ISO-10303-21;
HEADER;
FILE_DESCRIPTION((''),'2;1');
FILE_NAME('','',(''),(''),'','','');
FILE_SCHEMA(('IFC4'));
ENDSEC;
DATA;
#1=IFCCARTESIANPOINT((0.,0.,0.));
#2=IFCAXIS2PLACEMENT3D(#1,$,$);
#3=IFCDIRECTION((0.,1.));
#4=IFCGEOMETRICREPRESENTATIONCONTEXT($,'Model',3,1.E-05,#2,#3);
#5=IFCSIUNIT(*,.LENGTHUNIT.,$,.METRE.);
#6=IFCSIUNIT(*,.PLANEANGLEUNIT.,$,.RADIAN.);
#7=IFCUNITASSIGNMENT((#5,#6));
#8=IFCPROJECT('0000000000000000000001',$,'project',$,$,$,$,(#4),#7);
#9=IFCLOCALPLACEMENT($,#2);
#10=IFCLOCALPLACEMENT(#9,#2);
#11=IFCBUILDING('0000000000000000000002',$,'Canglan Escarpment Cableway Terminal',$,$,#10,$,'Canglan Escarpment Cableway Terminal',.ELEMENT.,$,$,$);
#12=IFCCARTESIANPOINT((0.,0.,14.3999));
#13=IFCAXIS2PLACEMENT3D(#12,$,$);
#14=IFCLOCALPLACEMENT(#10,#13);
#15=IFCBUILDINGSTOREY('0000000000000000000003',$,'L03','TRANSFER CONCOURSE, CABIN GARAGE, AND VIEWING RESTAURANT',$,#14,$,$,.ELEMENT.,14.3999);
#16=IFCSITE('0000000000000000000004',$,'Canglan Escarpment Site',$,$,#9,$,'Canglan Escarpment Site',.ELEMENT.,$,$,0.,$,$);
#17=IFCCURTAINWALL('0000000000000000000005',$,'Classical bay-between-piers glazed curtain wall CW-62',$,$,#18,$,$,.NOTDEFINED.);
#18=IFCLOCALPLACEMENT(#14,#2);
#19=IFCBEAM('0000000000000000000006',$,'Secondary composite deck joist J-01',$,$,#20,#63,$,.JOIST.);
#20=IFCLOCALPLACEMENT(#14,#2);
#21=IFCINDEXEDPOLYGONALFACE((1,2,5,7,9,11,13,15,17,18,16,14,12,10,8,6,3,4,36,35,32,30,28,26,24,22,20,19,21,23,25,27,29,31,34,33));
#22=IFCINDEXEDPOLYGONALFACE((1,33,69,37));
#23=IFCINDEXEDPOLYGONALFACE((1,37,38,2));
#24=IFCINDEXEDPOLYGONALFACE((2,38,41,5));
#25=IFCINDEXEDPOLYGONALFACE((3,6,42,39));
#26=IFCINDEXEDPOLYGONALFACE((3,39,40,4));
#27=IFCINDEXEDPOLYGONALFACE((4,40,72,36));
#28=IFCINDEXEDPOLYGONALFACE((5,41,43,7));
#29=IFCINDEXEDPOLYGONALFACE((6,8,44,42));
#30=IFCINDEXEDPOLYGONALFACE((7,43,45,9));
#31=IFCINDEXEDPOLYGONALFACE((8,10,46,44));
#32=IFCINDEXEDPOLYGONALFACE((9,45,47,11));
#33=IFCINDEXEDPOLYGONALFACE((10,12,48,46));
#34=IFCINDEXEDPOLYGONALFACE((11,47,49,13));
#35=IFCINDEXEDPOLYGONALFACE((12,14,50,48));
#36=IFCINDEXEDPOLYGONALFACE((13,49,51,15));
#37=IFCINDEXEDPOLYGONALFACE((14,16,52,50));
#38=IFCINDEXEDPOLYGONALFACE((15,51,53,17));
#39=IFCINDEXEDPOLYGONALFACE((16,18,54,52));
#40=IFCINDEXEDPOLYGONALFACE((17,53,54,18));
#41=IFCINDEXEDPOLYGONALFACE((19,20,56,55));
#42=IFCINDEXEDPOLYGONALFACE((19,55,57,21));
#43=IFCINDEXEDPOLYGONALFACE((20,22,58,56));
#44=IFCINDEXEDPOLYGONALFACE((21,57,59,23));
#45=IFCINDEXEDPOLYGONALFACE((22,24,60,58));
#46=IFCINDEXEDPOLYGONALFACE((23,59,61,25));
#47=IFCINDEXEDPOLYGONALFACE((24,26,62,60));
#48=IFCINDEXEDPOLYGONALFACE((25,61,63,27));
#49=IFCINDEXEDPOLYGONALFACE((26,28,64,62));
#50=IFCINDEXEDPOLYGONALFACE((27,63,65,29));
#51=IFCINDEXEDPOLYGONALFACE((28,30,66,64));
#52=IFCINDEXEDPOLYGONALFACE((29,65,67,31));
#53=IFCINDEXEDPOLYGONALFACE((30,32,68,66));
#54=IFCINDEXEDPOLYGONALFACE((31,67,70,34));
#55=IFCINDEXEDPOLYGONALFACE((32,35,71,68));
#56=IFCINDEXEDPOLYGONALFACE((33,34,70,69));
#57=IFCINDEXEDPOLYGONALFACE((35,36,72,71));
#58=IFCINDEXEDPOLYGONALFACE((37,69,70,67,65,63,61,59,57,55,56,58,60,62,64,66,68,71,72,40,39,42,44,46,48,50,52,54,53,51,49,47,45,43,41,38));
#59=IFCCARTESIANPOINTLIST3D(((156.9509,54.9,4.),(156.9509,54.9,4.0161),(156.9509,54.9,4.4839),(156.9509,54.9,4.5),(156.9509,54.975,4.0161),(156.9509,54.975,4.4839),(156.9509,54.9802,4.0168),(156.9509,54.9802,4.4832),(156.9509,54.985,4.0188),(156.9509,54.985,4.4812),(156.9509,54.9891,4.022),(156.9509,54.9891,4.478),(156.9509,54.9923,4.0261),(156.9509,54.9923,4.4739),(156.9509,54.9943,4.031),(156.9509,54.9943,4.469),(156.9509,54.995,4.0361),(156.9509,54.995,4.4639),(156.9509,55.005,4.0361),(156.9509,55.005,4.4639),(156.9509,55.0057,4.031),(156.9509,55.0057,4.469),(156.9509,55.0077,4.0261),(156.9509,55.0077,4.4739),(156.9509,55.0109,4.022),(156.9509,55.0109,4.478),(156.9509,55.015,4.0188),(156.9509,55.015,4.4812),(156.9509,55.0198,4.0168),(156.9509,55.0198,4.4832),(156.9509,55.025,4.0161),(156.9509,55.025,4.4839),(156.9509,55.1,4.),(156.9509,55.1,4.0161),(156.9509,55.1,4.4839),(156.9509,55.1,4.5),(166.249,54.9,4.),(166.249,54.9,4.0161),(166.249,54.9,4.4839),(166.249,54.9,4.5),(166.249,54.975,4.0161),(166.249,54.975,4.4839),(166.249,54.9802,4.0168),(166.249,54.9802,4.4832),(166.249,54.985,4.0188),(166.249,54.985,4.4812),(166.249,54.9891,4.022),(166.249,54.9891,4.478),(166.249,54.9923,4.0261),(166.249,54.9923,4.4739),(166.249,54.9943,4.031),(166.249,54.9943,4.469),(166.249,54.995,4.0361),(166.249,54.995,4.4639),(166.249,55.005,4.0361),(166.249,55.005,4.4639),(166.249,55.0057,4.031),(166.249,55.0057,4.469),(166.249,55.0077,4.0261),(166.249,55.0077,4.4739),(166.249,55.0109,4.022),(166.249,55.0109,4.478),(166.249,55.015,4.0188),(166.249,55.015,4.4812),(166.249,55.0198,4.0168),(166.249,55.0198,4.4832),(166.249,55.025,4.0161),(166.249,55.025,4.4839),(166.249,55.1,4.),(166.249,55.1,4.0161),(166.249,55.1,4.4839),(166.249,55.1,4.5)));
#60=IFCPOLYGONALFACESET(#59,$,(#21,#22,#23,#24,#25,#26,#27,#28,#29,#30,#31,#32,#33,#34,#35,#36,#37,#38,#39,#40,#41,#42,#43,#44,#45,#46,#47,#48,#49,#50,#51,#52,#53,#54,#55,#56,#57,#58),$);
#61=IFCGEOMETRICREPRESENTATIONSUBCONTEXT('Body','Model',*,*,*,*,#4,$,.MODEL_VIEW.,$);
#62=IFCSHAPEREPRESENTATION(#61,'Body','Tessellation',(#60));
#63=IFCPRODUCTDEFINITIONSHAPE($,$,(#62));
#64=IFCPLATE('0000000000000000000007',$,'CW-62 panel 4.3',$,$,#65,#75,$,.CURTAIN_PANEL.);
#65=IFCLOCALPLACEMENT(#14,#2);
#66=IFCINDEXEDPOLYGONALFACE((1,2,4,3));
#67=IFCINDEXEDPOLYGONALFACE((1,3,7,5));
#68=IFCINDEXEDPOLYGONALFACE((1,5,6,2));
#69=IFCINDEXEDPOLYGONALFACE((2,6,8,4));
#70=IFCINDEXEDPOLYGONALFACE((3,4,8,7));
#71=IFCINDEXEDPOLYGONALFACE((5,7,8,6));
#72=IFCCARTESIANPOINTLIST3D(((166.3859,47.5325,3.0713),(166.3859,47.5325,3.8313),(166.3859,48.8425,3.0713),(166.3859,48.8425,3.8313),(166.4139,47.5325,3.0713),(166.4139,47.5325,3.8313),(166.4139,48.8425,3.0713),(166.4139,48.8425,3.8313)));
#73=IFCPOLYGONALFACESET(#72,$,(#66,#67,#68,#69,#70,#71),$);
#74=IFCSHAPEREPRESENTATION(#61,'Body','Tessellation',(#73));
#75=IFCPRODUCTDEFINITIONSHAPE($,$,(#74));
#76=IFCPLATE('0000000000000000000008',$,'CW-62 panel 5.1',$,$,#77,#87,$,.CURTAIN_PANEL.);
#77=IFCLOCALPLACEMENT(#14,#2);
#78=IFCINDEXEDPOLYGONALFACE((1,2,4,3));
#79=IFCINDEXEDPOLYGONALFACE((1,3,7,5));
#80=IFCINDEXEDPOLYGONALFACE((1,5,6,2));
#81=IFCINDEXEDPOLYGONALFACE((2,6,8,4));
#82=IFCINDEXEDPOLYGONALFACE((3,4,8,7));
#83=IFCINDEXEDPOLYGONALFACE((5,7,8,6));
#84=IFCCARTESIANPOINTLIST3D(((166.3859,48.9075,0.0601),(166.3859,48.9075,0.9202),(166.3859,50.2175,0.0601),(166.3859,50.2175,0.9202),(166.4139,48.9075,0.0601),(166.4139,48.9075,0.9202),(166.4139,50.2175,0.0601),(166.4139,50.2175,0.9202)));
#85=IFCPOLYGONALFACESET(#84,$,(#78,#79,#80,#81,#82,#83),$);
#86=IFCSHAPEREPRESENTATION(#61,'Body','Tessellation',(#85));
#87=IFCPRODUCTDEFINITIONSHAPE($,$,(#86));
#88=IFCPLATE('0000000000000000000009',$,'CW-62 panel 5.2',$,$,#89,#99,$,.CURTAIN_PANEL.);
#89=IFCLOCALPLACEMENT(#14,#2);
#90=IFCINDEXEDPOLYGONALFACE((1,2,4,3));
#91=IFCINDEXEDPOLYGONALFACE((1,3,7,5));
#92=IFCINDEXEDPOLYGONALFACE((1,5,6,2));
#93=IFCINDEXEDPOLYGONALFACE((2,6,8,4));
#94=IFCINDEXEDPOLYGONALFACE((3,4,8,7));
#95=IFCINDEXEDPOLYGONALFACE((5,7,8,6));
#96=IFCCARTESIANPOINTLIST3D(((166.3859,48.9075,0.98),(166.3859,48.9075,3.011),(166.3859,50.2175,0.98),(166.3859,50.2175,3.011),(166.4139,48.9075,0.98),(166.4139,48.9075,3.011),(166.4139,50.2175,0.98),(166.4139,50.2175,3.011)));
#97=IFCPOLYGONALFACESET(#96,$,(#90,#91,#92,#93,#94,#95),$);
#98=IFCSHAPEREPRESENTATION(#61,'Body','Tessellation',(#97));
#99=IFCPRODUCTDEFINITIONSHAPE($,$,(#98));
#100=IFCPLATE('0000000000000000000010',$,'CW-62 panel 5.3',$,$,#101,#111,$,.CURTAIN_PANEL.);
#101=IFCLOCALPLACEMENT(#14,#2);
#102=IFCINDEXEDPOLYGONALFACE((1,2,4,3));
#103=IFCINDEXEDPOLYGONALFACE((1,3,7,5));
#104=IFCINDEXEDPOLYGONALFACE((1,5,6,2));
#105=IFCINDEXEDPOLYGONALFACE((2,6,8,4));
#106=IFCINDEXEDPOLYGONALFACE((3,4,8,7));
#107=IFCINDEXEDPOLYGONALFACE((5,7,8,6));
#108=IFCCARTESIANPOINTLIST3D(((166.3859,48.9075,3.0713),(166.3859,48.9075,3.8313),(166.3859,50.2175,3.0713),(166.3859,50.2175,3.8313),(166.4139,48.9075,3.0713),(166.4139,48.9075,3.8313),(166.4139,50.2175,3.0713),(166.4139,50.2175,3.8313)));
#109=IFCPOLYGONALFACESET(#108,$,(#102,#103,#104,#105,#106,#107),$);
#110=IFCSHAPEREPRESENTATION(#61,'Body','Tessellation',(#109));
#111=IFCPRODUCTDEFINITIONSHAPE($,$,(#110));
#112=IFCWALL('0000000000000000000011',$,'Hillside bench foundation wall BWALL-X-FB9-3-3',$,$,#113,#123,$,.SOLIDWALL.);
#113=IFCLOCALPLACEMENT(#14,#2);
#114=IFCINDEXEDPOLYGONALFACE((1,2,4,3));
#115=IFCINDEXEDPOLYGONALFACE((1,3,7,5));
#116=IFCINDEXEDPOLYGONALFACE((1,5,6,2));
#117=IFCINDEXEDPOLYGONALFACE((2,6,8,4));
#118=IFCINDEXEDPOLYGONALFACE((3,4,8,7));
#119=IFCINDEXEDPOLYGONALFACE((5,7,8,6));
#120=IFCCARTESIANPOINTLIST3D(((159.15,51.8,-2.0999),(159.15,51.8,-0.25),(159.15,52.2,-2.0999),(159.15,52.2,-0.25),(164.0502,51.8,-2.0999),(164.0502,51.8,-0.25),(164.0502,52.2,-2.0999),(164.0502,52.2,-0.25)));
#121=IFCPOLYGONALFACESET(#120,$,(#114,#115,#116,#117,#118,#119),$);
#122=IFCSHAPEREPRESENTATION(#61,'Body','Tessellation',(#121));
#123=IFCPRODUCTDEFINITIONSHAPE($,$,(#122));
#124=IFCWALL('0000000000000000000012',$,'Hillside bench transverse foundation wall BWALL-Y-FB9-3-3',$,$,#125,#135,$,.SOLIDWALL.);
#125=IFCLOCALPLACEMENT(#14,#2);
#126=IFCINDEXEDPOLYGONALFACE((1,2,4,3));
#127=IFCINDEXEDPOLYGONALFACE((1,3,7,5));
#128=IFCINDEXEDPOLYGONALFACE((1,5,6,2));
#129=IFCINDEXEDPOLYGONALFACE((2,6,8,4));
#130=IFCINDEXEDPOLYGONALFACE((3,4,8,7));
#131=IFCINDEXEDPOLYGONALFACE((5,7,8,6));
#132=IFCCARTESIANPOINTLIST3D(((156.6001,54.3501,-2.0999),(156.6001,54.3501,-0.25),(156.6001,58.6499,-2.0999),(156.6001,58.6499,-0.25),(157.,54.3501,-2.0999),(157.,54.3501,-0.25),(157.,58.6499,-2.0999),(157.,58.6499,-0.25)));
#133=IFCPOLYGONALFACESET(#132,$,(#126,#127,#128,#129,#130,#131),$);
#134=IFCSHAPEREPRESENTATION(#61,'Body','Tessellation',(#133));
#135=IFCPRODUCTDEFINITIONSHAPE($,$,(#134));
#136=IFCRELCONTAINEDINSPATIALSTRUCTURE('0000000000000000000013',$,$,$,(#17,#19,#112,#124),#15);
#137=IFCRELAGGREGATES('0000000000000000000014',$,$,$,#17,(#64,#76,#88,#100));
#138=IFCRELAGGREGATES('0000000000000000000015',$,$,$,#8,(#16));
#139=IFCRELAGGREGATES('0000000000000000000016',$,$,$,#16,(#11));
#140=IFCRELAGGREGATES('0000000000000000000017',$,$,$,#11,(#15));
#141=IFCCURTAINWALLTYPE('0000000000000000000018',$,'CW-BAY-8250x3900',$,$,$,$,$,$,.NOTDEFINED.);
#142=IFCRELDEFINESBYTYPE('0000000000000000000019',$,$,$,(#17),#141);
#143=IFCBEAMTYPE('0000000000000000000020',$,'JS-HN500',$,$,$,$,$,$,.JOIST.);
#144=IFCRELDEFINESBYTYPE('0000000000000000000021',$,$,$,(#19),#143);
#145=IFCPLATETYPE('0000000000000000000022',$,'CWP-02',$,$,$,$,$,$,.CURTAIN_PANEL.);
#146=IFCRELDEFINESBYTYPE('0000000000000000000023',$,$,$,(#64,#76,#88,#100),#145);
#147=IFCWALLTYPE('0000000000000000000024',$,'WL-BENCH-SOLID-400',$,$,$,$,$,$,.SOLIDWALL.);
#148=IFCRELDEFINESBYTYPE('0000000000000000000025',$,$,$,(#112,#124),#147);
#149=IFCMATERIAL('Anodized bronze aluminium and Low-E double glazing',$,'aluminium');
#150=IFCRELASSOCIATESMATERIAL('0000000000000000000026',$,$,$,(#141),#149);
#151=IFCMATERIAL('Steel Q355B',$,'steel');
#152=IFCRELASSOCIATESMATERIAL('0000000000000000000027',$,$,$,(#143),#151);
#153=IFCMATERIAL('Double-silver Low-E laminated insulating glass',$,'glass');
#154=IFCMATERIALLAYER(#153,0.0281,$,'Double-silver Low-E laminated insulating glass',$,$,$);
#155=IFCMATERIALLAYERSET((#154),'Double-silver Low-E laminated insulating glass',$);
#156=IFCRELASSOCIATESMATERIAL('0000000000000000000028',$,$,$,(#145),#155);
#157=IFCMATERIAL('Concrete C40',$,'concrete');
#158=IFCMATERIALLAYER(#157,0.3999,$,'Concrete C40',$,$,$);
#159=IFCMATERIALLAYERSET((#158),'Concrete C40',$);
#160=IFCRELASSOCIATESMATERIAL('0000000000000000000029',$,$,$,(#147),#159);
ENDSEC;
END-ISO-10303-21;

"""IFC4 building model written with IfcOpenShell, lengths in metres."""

from ifc_helpers import new_model, si_unit, direction, frame, frame_2d, origin, origin_2d, place, context, subcontext, project, spatial, rectangle, i_section, extrude, material, layer, layer_set, material_profile, profile_set, type_object, element, aggregate, save


model = new_model("IFC4")

# Units and contexts
model_context = context("Model", 3, precision=1e-05, world=origin(), true_north=direction((0.0, 1.0)))
body_context = subcontext(model_context, "Body", "Model", "MODEL_VIEW")
ifc_project = project(units=[si_unit("LENGTHUNIT", "METRE"), si_unit("PLANEANGLEUNIT", "RADIAN")], contexts=[model_context])

# Site, building, storey
site_placement = place(None, origin())
site = spatial("IfcSite", under=ifc_project, at=site_placement, Name="Canglan Escarpment Site", LongName="Canglan Escarpment Site", CompositionType="ELEMENT", RefElevation=0.0)
building_placement = place(site_placement, origin())
building = spatial("IfcBuilding", under=site, at=building_placement, Name="Canglan Escarpment Cableway Terminal", LongName="Canglan Escarpment Cableway Terminal", CompositionType="ELEMENT")
storey_placement = place(building_placement, frame((0.0, 0.0, 14.3999)))
storey = spatial("IfcBuildingStorey", under=building, at=storey_placement, Name="L03", Description="TRANSFER CONCOURSE, CABIN GARAGE, AND VIEWING RESTAURANT", CompositionType="ELEMENT", Elevation=14.3999)

# Shared definitions
ifc_material_1 = material(Name="Concrete C40", Category="concrete")

# Curtain wall
ifc_material_2 = material(Name="Anodized bronze aluminium and Low-E double glazing", Category="aluminium")
curtain_wall_type = type_object("IfcCurtainWallType", Name="CW-BAY-8250x3900", PredefinedType="NOTDEFINED", material=ifc_material_2)
curtain_wall_placement = place(storey_placement, origin())
curtain_wall = element("IfcCurtainWall", 1, at=curtain_wall_placement, inside=storey, type_object=curtain_wall_type, Name="Classical bay-between-piers glazed curtain wall CW-62", PredefinedType="NOTDEFINED")

# Beam
ifc_material_3 = material(Name="Steel Q355B", Category="steel")
ifc_material_profile_1 = material_profile(ifc_material_3, i_section(OverallWidth=0.2, OverallDepth=0.5, WebThickness=0.01, FlangeThickness=0.0161, FilletRadius=0.02, at=origin_2d()), Name="HN 500x200x10x16")
ifc_profile_set_1 = profile_set([ifc_material_profile_1], Name="Steel Q355B")
beam_type_1 = type_object("IfcBeamType", Name="JS-HN500", PredefinedType="JOIST", material=ifc_profile_set_1)
for number, where, z_axis, x_axis, name in (
    (2, (156.9509, 55.0, 4.25), (1.0, 0.0, 0.0), (0.0, 1.0, 0.0), "Secondary composite deck joist J-01"),
):
    element("IfcBeam", number, at=place(storey_placement, frame(where, z_axis=z_axis, x_axis=x_axis)), inside=storey, type_object=beam_type_1, Name=name, PredefinedType="JOIST", context=body_context, shape_type="SweptSolid", body=[
        extrude(i_section(OverallWidth=0.2, OverallDepth=0.5, WebThickness=0.01, FlangeThickness=0.0161, FilletRadius=0.02, at=origin_2d()), origin(), (0.0, 0.0, 1.0), 9.2981),
    ])

# Plates
ifc_material_4 = material(Name="Double-silver Low-E laminated insulating glass", Category="glass")
ifc_layer_1 = layer(ifc_material_4, 0.0281, Name="Double-silver Low-E laminated insulating glass")
ifc_layer_set_1 = layer_set([ifc_layer_1], Name="Double-silver Low-E laminated insulating glass")
plate_type = type_object("IfcPlateType", Name="CWP-02", PredefinedType="CURTAIN_PANEL", material=ifc_layer_set_1)
plate_1_placement = place(storey_placement, frame((166.3999, 48.1875, 3.0713), z_axis=(0.0, 0.0, 1.0), x_axis=(0.0, 1.0, 0.0)))
plate_1 = element("IfcPlate", 3, at=plate_1_placement, type_object=plate_type, Name="CW-62 panel 4.3", PredefinedType="CURTAIN_PANEL", context=body_context, shape_type="SweptSolid", body=[
    extrude(rectangle(XDim=1.3101, YDim=0.0281, at=origin_2d()), origin(), (0.0, 0.0, 1.0), 0.76),
])
plate_2_placement = place(storey_placement, frame((166.3999, 49.5625, 0.0601), z_axis=(0.0, 0.0, 1.0), x_axis=(0.0, 1.0, 0.0)))
plate_2 = element("IfcPlate", 4, at=plate_2_placement, type_object=plate_type, Name="CW-62 panel 5.1", PredefinedType="CURTAIN_PANEL", context=body_context, shape_type="SweptSolid", body=[
    extrude(rectangle(XDim=1.3101, YDim=0.0281, at=origin_2d()), origin(), (0.0, 0.0, 1.0), 0.8601),
])
plate_3_placement = place(storey_placement, frame((166.3999, 49.5625, 0.98), z_axis=(0.0, 0.0, 1.0), x_axis=(0.0, 1.0, 0.0)))
plate_3 = element("IfcPlate", 5, at=plate_3_placement, type_object=plate_type, Name="CW-62 panel 5.2", PredefinedType="CURTAIN_PANEL", context=body_context, shape_type="SweptSolid", body=[
    extrude(rectangle(XDim=1.3101, YDim=0.0281, at=origin_2d()), origin(), (0.0, 0.0, 1.0), 2.031),
])
plate_4_placement = place(storey_placement, frame((166.3999, 49.5625, 3.0713), z_axis=(0.0, 0.0, 1.0), x_axis=(0.0, 1.0, 0.0)))
plate_4 = element("IfcPlate", 6, at=plate_4_placement, type_object=plate_type, Name="CW-62 panel 5.3", PredefinedType="CURTAIN_PANEL", context=body_context, shape_type="SweptSolid", body=[
    extrude(rectangle(XDim=1.3101, YDim=0.0281, at=origin_2d()), origin(), (0.0, 0.0, 1.0), 0.76),
])
aggregate(curtain_wall, [plate_1, plate_2, plate_3, plate_4])

# Walls
ifc_layer_2 = layer(ifc_material_1, 0.3999, Name="Concrete C40")
ifc_layer_set_2 = layer_set([ifc_layer_2], Name="Concrete C40")
wall_type = type_object("IfcWallType", Name="WL-BENCH-SOLID-400", PredefinedType="SOLIDWALL", material=ifc_layer_set_2)
wall_1_placement = place(storey_placement, frame((159.1499, 52.0, -2.0999), z_axis=(0.0, 0.0, 1.0), x_axis=(1.0, 0.0, 0.0)))
element("IfcWall", 7, at=wall_1_placement, inside=storey, type_object=wall_type, Name="Hillside bench foundation wall BWALL-X-FB9-3-3", PredefinedType="SOLIDWALL", context=body_context, shape_type="SweptSolid", body=[
    extrude(rectangle(XDim=4.9001, YDim=0.3999, at=frame_2d((2.4502, 0.0))), origin(), (0.0, 0.0, 1.0), 1.8499),
])
wall_2_placement = place(storey_placement, frame((156.8, 54.3501, -2.0999), z_axis=(0.0, 0.0, 1.0), x_axis=(0.0, 1.0, 0.0)))
element("IfcWall", 8, at=wall_2_placement, inside=storey, type_object=wall_type, Name="Hillside bench transverse foundation wall BWALL-Y-FB9-3-3", PredefinedType="SOLIDWALL", context=body_context, shape_type="SweptSolid", body=[
    extrude(rectangle(XDim=4.2998, YDim=0.3999, at=frame_2d((2.1499, 0.0))), origin(), (0.0, 0.0, 1.0), 1.8499),
])

save(model, "model.ifc")
